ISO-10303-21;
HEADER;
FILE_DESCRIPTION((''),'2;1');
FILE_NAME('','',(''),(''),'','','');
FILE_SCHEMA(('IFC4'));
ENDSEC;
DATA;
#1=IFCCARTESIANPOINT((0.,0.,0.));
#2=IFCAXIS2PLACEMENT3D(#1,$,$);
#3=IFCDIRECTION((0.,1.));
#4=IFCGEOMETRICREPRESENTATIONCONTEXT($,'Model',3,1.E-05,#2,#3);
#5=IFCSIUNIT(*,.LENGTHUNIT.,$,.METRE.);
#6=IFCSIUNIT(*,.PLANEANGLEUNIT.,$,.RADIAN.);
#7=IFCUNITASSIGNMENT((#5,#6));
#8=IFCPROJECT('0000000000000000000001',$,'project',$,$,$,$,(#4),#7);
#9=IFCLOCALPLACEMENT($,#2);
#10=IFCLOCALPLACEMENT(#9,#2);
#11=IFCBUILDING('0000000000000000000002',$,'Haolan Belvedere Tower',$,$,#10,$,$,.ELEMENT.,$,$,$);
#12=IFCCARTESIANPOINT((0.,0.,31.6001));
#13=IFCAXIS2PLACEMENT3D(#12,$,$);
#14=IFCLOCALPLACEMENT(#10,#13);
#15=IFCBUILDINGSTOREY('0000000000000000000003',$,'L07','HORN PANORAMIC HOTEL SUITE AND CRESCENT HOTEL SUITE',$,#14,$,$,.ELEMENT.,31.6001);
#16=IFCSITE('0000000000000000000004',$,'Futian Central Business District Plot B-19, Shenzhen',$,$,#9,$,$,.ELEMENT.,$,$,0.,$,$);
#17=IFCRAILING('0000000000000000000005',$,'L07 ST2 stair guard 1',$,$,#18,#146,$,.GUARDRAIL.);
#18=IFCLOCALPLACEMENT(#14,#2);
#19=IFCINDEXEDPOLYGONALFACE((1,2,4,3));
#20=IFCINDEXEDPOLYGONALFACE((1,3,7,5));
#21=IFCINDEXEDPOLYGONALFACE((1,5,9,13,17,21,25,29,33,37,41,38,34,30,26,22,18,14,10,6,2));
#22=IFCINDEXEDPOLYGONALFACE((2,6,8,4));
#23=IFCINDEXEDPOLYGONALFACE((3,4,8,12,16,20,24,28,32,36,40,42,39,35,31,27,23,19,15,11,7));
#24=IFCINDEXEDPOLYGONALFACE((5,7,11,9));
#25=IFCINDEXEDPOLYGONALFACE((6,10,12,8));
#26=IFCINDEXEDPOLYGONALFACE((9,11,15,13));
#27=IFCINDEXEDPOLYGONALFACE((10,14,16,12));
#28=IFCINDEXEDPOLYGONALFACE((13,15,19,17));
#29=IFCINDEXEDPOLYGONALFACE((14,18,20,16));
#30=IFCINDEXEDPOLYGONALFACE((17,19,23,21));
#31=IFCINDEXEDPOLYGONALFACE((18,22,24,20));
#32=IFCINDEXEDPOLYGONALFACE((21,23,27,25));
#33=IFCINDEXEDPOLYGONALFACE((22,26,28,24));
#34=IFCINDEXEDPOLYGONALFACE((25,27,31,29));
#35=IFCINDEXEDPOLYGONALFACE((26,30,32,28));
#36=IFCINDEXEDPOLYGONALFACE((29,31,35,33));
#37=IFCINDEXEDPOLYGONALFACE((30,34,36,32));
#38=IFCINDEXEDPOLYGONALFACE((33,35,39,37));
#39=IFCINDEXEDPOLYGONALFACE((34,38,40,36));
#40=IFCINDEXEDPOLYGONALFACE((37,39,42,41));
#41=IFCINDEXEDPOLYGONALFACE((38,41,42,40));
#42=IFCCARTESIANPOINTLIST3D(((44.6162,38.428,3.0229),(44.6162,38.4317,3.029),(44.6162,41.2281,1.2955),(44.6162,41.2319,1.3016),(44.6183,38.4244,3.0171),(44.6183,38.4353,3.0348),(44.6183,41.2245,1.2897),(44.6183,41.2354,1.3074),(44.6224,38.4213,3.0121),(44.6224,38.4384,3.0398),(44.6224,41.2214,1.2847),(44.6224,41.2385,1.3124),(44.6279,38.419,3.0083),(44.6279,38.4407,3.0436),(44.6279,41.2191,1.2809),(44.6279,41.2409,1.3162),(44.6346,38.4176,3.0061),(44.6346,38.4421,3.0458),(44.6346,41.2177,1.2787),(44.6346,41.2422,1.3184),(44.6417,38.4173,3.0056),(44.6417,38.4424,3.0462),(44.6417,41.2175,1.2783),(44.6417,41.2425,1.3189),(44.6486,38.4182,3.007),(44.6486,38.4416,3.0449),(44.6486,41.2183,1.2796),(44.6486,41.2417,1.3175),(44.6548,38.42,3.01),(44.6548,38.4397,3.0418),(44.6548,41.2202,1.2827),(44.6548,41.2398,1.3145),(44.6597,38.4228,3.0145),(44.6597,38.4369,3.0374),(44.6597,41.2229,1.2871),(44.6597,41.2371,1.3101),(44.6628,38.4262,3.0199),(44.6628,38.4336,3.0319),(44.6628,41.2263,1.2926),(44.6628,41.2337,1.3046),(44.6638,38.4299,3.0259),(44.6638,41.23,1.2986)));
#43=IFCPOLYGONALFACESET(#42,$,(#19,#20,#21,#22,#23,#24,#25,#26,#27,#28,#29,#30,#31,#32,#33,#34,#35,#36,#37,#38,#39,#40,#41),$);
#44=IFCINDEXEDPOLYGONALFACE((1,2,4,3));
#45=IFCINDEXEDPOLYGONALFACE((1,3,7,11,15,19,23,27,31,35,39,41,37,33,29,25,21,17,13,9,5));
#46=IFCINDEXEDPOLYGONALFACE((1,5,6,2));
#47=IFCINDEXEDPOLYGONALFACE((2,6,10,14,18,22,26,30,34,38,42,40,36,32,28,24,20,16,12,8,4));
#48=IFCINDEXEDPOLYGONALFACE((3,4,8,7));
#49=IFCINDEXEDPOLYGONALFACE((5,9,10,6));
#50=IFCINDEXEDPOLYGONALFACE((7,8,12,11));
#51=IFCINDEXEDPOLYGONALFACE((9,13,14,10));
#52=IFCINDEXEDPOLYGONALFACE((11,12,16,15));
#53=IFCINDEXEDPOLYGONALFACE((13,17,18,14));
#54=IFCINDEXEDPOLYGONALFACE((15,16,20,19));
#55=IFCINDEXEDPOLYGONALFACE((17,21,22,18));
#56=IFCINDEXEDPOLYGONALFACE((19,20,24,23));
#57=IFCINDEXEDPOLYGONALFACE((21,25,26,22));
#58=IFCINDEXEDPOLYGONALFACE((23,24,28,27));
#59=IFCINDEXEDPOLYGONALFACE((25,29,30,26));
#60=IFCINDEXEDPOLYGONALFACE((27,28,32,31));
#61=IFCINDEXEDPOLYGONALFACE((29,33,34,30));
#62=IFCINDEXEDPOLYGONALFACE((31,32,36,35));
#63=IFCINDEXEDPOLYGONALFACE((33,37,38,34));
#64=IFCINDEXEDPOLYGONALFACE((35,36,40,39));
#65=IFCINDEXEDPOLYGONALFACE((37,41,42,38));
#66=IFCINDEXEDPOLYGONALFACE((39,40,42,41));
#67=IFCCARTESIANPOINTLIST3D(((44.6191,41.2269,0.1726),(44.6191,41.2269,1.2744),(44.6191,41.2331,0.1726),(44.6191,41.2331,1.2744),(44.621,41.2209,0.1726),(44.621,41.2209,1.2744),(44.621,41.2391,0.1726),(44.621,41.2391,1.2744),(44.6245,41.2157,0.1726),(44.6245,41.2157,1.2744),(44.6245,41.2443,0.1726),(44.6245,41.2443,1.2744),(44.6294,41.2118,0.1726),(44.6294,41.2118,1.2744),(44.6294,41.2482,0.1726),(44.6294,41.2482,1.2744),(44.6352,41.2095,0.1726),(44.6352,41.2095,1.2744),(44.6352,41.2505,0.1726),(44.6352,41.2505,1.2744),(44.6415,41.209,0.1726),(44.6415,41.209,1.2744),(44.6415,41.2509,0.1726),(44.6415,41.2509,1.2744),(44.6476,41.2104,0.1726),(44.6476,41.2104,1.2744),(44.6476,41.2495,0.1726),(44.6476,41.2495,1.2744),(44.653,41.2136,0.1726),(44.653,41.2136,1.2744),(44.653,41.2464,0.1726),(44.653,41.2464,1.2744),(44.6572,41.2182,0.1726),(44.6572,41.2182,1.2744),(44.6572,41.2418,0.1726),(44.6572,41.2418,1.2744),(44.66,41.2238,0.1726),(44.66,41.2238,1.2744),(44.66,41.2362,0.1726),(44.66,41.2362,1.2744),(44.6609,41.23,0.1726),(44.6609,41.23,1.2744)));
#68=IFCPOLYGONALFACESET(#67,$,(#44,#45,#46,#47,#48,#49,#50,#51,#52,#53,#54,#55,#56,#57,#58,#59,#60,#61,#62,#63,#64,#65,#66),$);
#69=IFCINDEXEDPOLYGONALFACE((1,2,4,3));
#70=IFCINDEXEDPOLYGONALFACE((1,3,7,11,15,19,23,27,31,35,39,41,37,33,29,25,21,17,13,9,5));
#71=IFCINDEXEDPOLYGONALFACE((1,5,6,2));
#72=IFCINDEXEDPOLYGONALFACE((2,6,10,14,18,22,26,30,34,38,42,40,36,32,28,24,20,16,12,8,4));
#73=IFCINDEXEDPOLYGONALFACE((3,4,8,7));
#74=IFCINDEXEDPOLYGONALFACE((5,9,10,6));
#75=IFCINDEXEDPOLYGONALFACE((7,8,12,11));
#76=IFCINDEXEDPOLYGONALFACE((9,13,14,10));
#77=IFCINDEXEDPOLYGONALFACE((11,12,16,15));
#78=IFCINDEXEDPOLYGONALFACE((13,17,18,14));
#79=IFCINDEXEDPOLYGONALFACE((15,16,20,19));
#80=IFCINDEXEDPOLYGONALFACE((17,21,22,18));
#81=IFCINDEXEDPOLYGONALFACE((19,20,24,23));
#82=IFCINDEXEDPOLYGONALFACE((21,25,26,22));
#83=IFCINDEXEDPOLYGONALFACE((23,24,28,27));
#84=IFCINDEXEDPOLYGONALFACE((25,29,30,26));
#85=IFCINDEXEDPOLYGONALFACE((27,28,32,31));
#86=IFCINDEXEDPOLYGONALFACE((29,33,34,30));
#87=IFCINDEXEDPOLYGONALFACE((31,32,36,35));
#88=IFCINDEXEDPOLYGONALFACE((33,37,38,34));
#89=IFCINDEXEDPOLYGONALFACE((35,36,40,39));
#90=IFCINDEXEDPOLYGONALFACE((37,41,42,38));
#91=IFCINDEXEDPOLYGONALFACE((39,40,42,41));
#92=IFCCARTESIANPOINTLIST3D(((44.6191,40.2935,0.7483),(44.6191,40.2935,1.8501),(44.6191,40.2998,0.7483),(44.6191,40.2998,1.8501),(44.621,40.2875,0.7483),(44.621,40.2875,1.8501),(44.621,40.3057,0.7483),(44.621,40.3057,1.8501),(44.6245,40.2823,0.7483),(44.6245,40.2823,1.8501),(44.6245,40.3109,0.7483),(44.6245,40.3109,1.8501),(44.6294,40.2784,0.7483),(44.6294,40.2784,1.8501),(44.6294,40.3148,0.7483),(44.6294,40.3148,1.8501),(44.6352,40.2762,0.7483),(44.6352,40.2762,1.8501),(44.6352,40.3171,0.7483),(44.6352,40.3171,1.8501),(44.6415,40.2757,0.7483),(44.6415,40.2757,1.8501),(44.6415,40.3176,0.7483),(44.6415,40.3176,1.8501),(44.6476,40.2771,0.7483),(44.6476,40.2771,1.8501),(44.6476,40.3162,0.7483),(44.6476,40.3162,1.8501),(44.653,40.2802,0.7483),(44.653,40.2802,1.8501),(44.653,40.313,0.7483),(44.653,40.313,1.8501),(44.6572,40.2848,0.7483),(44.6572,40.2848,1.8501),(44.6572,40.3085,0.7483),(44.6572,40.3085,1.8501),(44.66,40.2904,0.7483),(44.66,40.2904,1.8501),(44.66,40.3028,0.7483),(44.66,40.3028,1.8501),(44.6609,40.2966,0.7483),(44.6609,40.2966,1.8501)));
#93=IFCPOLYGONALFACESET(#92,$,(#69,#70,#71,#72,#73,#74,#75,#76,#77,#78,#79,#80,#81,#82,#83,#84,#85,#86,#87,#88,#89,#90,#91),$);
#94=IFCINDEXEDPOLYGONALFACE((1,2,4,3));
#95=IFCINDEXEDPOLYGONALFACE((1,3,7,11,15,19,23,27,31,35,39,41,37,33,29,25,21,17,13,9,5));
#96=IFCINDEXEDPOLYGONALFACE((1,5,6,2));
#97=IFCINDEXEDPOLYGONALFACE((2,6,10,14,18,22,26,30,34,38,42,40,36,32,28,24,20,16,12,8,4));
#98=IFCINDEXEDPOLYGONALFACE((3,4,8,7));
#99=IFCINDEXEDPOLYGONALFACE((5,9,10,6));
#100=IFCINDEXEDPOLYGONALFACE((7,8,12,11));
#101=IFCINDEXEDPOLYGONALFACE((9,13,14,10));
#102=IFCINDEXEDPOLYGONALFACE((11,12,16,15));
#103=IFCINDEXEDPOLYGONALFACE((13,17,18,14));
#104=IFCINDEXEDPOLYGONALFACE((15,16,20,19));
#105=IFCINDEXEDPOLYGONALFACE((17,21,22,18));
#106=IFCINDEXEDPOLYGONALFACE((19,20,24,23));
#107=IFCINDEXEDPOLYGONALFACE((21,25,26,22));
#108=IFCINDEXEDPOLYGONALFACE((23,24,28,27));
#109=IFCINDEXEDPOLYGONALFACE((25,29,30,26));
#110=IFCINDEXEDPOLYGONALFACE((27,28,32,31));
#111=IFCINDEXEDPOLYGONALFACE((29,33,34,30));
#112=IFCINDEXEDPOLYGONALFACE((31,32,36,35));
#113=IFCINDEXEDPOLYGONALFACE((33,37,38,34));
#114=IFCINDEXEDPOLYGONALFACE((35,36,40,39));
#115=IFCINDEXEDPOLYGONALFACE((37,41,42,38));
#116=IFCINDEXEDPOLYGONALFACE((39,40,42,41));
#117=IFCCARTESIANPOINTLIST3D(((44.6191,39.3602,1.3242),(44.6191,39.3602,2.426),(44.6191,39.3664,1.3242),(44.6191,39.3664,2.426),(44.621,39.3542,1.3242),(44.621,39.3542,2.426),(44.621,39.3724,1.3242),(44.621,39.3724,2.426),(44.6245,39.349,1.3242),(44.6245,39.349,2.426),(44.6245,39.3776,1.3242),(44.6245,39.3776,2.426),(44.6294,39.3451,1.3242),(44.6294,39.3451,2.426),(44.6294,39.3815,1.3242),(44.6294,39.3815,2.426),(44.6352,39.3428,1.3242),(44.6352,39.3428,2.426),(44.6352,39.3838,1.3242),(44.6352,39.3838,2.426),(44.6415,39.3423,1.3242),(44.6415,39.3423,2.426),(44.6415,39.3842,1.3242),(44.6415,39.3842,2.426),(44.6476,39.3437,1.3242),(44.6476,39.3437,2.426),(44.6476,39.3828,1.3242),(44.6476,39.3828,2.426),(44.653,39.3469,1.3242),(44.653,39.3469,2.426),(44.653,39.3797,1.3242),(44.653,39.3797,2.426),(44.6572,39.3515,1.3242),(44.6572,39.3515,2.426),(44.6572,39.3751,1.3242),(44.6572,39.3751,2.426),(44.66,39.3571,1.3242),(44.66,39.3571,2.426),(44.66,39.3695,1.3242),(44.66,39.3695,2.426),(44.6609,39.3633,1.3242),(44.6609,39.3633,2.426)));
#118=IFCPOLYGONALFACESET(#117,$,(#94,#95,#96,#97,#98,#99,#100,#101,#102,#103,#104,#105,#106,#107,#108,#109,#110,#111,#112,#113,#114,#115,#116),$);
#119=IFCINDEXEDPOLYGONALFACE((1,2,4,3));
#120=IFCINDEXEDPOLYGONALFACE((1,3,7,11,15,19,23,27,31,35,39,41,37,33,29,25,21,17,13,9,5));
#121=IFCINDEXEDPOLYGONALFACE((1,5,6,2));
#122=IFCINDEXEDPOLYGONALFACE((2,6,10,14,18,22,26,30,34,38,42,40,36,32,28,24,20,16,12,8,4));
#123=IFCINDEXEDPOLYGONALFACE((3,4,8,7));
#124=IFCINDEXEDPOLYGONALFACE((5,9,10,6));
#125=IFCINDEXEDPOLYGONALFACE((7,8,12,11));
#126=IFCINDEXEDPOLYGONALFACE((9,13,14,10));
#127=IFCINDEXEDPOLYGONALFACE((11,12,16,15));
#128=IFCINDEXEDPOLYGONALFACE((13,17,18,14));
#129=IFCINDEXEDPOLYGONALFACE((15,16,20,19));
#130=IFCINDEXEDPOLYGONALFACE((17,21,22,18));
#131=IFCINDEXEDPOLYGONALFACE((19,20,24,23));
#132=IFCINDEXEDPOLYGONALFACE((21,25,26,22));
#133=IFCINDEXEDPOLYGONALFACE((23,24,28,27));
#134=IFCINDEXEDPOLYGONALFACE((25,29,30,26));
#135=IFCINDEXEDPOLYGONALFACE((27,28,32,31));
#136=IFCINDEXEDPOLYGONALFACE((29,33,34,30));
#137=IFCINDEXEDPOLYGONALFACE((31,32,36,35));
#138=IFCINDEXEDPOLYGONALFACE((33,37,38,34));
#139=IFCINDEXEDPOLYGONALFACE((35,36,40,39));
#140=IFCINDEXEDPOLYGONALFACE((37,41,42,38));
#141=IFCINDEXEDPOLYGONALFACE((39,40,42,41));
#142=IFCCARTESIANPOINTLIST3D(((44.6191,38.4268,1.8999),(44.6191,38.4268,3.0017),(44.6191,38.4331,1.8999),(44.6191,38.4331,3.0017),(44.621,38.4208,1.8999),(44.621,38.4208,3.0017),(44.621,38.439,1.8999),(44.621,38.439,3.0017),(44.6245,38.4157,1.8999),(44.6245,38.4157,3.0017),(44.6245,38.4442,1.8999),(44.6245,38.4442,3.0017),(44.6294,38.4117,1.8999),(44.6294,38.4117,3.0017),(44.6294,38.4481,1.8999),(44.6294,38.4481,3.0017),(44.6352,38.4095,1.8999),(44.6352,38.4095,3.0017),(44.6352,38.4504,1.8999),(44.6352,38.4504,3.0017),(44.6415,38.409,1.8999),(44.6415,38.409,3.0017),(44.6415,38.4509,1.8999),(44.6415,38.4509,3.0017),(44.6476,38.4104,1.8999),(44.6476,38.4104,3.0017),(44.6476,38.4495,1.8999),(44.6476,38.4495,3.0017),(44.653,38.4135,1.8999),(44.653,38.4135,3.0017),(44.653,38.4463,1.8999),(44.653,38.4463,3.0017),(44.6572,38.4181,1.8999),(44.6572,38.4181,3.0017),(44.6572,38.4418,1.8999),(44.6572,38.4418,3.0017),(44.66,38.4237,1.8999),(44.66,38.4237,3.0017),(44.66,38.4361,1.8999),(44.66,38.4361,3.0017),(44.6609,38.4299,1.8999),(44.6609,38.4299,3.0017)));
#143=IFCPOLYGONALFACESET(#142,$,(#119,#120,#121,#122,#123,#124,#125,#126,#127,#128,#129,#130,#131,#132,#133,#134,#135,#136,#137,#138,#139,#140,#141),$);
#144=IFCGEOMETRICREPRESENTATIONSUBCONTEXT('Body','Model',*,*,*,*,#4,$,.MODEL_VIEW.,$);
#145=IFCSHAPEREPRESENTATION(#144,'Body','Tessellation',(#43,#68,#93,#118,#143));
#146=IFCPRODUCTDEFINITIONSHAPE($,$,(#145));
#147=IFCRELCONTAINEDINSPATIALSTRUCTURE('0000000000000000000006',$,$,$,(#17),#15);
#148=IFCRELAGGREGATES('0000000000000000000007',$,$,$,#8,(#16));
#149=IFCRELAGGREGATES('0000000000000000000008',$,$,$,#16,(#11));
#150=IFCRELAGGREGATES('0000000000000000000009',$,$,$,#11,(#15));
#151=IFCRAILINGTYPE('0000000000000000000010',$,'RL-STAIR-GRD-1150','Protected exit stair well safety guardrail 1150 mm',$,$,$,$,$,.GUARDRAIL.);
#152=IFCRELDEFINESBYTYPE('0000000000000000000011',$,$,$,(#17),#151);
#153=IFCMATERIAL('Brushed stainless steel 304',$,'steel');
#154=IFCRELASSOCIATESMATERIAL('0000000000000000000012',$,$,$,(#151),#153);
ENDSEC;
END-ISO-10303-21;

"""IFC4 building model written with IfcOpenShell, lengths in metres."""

from ifc_helpers import new_model, si_unit, direction, frame, origin, origin_2d, place, context, subcontext, project, spatial, circle, extrude, material, type_object, element, save


model = new_model("IFC4")

# Units and contexts
model_context = context("Model", 3, precision=1e-05, world=origin(), true_north=direction((0.0, 1.0)))
body_context = subcontext(model_context, "Body", "Model", "MODEL_VIEW")
ifc_project = project(units=[si_unit("LENGTHUNIT", "METRE"), si_unit("PLANEANGLEUNIT", "RADIAN")], contexts=[model_context])

# Site, building, storey
site_placement = place(None, origin())
site = spatial("IfcSite", under=ifc_project, at=site_placement, Name="Futian Central Business District Plot B-19, Shenzhen", CompositionType="ELEMENT", RefElevation=0.0)
building_placement = place(site_placement, origin())
building = spatial("IfcBuilding", under=site, at=building_placement, Name="Haolan Belvedere Tower", CompositionType="ELEMENT")
storey_placement = place(building_placement, frame((0.0, 0.0, 31.6001)))
storey = spatial("IfcBuildingStorey", under=building, at=storey_placement, Name="L07", Description="HORN PANORAMIC HOTEL SUITE AND CRESCENT HOTEL SUITE", CompositionType="ELEMENT", Elevation=31.6001)

# Railing
ifc_material_1 = material(Name="Brushed stainless steel 304", Category="steel")
railing_type = type_object("IfcRailingType", Name="RL-STAIR-GRD-1150", Description="Protected exit stair well safety guardrail 1150 mm", PredefinedType="GUARDRAIL", material=ifc_material_1)
railing_1_placement = place(storey_placement, frame((44.6399, 41.23, 0.1726)))
element("IfcRailing", 1, at=railing_1_placement, inside=storey, type_object=railing_type, Name="L07 ST2 stair guard 1", PredefinedType="GUARDRAIL", context=body_context, shape_type="SweptSolid", body=[
    extrude(circle(Radius=0.0239, at=origin_2d()), frame((0.0, 0.0, 1.126), z_axis=(0.0, -0.85109, 0.52502), x_axis=(1.0, 0.0, 0.0)), (0.0, 0.0, 1.0), 3.29),
    extrude(circle(Radius=0.021, at=origin_2d()), origin(), (0.0, 0.0, 1.0), 1.1018),
    extrude(circle(Radius=0.021, at=origin_2d()), frame((0.0, -0.9333, 0.5757)), (0.0, 0.0, 1.0), 1.1018),
    extrude(circle(Radius=0.021, at=origin_2d()), frame((0.0, -1.8667, 1.1516)), (0.0, 0.0, 1.0), 1.1018),
    extrude(circle(Radius=0.021, at=origin_2d()), frame((0.0, -2.8, 1.7273)), (0.0, 0.0, 1.0), 1.1018),
])

save(model, "model.ifc")
